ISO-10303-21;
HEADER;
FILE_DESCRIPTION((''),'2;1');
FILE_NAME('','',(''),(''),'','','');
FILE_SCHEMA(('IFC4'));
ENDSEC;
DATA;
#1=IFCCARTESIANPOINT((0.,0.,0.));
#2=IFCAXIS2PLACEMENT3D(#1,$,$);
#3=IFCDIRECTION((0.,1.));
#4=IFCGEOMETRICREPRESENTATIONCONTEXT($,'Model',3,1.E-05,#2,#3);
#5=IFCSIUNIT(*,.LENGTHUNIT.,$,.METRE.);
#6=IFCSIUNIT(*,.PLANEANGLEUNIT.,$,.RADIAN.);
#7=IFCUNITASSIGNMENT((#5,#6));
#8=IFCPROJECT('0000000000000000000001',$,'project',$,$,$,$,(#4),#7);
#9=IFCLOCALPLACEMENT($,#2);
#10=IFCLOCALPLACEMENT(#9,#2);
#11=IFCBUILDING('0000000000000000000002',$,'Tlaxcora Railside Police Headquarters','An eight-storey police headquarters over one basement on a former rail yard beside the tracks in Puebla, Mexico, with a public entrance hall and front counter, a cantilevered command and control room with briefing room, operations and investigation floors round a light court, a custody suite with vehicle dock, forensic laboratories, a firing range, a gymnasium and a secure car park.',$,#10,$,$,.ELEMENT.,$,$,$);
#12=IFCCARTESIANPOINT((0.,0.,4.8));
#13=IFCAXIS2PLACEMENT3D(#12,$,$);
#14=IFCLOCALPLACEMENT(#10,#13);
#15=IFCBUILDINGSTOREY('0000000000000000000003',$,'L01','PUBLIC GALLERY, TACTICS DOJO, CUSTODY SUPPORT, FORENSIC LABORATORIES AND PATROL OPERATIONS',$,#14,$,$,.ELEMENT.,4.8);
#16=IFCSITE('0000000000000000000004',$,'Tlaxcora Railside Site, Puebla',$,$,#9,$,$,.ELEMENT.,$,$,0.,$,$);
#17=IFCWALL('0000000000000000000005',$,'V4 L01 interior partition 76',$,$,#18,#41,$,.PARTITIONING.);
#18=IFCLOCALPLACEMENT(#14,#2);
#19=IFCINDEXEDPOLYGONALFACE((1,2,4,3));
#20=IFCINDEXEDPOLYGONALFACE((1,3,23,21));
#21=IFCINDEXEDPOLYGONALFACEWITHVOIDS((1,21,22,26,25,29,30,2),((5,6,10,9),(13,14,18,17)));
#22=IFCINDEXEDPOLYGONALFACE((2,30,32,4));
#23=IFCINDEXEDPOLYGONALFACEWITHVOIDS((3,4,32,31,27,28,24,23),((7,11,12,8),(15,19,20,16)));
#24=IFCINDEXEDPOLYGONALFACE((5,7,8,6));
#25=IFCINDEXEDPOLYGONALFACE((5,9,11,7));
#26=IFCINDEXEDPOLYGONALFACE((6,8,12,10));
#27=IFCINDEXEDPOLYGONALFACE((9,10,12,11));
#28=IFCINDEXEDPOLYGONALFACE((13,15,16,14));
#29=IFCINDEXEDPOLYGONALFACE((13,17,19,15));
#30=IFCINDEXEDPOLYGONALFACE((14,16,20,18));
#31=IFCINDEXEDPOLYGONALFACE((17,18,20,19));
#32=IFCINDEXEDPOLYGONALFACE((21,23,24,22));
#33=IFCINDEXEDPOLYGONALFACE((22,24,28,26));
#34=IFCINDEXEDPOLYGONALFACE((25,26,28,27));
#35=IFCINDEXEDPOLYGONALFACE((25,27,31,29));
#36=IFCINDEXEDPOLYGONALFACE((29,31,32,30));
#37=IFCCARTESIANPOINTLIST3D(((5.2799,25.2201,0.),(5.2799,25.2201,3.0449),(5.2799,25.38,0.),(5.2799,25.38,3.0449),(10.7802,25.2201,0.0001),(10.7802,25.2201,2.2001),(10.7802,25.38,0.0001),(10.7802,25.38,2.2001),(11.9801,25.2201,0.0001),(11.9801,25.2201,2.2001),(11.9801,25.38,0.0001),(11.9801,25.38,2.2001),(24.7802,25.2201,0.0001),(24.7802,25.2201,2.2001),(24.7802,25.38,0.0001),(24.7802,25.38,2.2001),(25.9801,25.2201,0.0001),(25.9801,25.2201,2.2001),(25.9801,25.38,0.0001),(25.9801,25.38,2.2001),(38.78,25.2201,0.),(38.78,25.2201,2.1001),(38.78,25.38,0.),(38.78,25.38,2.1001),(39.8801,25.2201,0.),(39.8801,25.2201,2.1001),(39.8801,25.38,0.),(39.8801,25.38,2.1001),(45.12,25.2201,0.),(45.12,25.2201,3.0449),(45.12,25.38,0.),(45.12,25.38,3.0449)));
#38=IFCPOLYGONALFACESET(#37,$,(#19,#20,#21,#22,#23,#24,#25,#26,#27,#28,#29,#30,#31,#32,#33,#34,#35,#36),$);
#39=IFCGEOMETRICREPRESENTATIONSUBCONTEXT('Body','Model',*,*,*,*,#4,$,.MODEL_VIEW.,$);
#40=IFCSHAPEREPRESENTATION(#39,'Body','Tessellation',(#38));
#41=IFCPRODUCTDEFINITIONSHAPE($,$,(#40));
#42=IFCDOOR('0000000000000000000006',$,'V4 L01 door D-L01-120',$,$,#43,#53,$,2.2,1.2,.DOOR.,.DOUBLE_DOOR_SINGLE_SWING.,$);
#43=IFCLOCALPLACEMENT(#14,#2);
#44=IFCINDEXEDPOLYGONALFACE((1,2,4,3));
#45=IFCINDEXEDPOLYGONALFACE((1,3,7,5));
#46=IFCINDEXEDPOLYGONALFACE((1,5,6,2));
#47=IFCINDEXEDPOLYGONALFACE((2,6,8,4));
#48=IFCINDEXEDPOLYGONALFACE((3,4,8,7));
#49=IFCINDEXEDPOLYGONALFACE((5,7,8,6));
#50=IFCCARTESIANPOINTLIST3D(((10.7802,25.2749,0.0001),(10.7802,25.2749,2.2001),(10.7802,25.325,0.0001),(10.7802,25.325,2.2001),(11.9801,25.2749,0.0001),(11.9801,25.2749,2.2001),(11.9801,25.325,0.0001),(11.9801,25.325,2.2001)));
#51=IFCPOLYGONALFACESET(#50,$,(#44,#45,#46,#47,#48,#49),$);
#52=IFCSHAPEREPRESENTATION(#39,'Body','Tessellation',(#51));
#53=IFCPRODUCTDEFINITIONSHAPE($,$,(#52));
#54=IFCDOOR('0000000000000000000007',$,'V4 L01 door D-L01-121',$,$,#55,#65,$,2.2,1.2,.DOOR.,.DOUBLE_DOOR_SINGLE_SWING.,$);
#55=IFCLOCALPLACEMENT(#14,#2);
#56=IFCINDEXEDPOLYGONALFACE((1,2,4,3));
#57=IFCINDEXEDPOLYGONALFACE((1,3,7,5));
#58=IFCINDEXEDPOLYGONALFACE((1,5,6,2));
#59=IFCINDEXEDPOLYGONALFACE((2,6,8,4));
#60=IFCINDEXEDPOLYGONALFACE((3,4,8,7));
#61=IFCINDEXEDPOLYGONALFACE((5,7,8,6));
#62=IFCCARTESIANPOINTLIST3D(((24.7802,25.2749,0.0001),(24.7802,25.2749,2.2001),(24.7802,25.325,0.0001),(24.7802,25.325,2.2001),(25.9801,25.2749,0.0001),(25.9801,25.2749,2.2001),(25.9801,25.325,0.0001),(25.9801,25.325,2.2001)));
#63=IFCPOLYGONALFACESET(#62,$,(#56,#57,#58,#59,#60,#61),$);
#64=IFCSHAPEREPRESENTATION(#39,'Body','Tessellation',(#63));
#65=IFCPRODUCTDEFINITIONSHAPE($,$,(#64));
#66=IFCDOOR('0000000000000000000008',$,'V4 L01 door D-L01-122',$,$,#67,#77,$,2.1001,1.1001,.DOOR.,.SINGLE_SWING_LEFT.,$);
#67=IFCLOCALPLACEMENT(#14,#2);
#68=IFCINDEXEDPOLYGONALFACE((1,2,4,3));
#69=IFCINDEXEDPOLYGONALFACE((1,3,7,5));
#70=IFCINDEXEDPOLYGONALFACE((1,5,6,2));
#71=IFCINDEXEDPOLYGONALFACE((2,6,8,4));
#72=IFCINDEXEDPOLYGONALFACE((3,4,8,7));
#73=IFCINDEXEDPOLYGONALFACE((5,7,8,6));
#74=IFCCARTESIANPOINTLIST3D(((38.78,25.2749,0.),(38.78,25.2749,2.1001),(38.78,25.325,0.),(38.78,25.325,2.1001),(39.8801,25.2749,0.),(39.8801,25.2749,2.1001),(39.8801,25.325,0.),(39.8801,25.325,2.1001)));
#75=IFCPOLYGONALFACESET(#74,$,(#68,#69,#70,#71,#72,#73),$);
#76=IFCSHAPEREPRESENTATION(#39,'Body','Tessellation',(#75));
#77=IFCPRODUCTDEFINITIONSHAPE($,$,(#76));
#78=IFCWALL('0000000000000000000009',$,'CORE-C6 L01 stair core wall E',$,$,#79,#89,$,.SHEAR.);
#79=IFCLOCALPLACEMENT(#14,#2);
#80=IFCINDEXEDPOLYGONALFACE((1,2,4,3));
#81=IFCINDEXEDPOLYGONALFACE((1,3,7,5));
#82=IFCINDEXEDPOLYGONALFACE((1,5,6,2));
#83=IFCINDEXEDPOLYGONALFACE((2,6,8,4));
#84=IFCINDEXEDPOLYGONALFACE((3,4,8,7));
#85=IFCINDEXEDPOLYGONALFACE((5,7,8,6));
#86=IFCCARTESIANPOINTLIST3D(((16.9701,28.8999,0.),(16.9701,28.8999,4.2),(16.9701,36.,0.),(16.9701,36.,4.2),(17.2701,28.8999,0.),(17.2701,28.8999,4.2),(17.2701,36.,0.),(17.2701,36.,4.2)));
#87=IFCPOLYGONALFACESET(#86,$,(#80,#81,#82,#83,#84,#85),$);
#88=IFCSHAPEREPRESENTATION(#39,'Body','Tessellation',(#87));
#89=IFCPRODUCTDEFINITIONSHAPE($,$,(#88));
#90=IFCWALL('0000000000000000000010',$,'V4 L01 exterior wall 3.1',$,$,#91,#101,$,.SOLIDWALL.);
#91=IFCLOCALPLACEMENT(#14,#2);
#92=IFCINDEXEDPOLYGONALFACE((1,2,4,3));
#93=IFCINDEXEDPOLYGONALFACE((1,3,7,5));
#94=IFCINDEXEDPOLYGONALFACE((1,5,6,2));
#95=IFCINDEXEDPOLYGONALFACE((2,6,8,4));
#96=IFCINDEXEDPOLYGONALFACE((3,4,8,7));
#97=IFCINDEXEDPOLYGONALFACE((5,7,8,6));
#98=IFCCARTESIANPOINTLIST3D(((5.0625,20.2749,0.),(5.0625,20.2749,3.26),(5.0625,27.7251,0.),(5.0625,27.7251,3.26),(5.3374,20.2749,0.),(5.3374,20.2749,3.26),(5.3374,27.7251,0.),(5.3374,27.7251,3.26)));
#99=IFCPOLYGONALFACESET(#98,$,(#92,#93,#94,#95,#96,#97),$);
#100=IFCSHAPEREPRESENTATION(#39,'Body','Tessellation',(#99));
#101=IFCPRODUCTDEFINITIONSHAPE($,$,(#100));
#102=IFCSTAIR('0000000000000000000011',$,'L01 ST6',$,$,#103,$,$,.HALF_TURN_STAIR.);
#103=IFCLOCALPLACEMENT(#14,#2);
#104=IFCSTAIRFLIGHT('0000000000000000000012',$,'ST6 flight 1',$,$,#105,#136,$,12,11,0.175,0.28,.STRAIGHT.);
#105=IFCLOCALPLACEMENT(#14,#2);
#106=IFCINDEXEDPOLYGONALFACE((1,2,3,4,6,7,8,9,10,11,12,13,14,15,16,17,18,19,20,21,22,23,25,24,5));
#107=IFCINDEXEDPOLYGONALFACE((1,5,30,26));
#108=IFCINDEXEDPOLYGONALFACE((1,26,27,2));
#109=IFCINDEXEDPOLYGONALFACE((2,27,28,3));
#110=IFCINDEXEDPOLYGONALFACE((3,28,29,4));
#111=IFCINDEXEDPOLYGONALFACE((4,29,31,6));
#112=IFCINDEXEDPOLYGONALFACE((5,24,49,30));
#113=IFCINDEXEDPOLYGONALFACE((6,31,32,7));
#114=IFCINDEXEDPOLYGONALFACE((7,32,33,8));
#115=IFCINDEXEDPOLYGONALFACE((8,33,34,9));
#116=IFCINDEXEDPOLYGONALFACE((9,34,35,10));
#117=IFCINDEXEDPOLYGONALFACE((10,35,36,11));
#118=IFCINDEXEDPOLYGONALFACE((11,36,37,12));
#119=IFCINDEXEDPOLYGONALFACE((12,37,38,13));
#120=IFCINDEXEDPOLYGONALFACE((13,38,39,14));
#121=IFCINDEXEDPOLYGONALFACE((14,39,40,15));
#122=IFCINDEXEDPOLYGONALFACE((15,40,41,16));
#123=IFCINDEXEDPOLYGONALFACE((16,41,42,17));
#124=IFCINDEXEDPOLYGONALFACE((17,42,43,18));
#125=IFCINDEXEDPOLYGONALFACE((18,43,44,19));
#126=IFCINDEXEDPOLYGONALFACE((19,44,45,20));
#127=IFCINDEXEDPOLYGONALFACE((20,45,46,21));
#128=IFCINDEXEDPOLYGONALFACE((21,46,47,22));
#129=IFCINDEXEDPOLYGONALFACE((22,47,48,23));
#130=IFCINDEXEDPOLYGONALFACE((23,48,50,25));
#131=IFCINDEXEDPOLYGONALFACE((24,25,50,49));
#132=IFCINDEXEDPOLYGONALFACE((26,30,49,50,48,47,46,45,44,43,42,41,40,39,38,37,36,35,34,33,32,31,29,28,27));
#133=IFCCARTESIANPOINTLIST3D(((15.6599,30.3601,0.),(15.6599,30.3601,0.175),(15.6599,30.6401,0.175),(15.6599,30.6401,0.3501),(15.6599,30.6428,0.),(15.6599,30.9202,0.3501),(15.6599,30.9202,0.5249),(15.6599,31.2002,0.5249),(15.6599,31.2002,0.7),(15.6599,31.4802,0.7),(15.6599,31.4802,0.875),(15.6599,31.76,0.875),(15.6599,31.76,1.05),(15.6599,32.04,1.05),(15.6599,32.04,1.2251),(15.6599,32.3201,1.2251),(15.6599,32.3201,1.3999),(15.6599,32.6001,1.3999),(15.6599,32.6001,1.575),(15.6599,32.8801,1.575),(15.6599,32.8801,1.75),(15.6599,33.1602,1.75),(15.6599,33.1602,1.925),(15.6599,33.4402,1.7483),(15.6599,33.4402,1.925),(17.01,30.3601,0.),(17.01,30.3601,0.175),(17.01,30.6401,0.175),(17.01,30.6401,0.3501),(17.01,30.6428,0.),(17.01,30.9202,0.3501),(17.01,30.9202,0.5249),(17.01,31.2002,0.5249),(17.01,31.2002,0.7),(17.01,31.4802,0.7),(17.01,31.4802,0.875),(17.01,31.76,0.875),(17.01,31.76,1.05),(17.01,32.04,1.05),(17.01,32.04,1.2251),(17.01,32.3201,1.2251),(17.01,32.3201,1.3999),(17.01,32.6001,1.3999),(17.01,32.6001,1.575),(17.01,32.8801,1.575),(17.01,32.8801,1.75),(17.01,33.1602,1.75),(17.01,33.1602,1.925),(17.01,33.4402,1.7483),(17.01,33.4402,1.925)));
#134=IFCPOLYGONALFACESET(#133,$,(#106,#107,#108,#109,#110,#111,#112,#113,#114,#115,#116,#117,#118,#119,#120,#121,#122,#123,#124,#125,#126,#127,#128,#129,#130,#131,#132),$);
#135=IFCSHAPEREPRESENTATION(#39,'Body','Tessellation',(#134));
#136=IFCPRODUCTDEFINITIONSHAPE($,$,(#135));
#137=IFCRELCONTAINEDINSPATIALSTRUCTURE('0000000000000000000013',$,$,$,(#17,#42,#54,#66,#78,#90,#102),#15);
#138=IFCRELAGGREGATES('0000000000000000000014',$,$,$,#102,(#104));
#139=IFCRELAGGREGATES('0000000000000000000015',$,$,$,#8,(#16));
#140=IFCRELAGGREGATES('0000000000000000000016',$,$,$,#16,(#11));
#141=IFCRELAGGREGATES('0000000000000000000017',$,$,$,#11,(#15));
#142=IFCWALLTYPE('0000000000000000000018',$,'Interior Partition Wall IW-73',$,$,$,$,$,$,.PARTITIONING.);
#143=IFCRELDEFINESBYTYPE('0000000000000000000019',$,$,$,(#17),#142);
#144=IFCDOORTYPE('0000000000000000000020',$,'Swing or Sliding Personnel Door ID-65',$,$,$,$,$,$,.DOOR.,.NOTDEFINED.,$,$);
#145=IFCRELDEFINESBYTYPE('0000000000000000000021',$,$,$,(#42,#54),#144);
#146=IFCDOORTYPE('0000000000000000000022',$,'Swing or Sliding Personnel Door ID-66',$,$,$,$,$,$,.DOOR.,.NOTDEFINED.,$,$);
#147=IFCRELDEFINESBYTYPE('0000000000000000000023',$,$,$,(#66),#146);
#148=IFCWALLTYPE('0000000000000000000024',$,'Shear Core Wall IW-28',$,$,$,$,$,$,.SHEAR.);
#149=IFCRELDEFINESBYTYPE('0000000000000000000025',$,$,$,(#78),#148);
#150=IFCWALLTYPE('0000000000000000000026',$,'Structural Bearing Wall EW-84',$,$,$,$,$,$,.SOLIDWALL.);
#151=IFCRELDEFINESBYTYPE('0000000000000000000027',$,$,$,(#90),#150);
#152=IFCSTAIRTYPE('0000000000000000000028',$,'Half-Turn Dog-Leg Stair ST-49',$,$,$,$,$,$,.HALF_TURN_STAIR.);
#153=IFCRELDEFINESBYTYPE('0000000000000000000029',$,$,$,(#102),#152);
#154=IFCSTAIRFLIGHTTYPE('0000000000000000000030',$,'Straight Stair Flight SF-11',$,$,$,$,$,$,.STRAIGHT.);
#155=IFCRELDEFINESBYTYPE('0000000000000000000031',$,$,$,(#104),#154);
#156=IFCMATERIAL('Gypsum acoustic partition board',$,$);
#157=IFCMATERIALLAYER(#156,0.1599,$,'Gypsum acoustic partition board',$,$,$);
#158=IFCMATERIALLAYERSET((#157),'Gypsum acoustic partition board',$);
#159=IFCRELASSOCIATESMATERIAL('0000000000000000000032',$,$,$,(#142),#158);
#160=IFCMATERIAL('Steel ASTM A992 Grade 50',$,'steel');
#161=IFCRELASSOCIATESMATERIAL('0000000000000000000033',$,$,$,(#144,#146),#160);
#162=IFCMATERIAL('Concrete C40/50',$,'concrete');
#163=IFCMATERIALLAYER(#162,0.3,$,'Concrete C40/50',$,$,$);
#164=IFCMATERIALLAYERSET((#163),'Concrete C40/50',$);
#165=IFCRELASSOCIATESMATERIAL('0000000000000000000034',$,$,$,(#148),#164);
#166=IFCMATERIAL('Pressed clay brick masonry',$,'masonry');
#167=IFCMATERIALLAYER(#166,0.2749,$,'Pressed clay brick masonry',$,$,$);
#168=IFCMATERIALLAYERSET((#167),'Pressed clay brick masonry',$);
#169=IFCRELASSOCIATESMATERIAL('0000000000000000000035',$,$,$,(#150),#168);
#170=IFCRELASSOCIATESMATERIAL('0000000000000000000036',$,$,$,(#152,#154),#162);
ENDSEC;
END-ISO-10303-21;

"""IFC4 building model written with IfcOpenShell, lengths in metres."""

from ifc_helpers import new_model, si_unit, direction, frame, frame_2d, origin, place, context, subcontext, project, spatial, polyline, rectangle, outline, extrude, material, layer, layer_set, type_object, element, fill, aggregate, save


model = new_model("IFC4")

# Units and contexts
model_context = context("Model", 3, precision=1e-05, world=origin(), true_north=direction((0.0, 1.0)))
body_context = subcontext(model_context, "Body", "Model", "MODEL_VIEW")
ifc_project = project(units=[si_unit("LENGTHUNIT", "METRE"), si_unit("PLANEANGLEUNIT", "RADIAN")], contexts=[model_context])

# Site, building, storey
site_placement = place(None, origin())
site = spatial("IfcSite", under=ifc_project, at=site_placement, Name="Tlaxcora Railside Site, Puebla", CompositionType="ELEMENT", RefElevation=0.0)
building_placement = place(site_placement, origin())
building = spatial("IfcBuilding", under=site, at=building_placement, Name="Tlaxcora Railside Police Headquarters", Description="An eight-storey police headquarters over one basement on a former rail yard beside the tracks in Puebla, Mexico, with a public entrance hall and front counter, a cantilevered command and control room with briefing room, operations and investigation floors round a light court, a custody suite with vehicle dock, forensic laboratories, a firing range, a gymnasium and a secure car park.", CompositionType="ELEMENT")
storey_placement = place(building_placement, frame((0.0, 0.0, 4.8)))
storey = spatial("IfcBuildingStorey", under=building, at=storey_placement, Name="L01", Description="PUBLIC GALLERY, TACTICS DOJO, CUSTODY SUPPORT, FORENSIC LABORATORIES AND PATROL OPERATIONS", CompositionType="ELEMENT", Elevation=4.8)

# Shared definitions
ifc_material_1 = material(Name="Concrete C40/50", Category="concrete")

# Shared definitions
ifc_material_2 = material(Name="Steel ASTM A992 Grade 50", Category="steel")

# Shared definitions
ifc_material_3 = material(Name="Gypsum acoustic partition board")

# Wall, openings, doors
ifc_layer_1 = layer(ifc_material_3, 0.1599, Name="Gypsum acoustic partition board")
ifc_layer_set_1 = layer_set([ifc_layer_1], Name="Gypsum acoustic partition board")
wall_type_1 = type_object("IfcWallType", Name="Interior Partition Wall IW-73", PredefinedType="PARTITIONING", material=ifc_layer_set_1)
wall_1_placement = place(storey_placement, frame((5.28, 25.3, 0.0), z_axis=(0.0, 0.0, 1.0), x_axis=(1.0, 0.0, 0.0)))
wall_1 = element("IfcWall", 1, at=wall_1_placement, inside=storey, type_object=wall_type_1, Name="V4 L01 interior partition 76", PredefinedType="PARTITIONING", context=body_context, shape_type="SweptSolid", body=[
    extrude(rectangle(XDim=39.8401, YDim=0.1599, at=frame_2d((19.9199, 0.0))), origin(), (0.0, 0.0, 1.0), 3.0449),
])
opening_1_placement = place(wall_1_placement, frame((5.5, 0.0, 0.0)))
opening_1 = element("IfcOpeningElement", 2, at=opening_1_placement, cuts=wall_1, PredefinedType="OPENING", context=body_context, shape_type="SweptSolid", body=[
    extrude(rectangle(XDim=1.2, YDim=2.2, at=frame_2d((0.6001, 1.1001))), frame((0.0, 0.0898, 0.0), z_axis=(0.0, -1.0, 0.0), x_axis=(1.0, 0.0, 0.0)), (0.0, 0.0, 1.0), 0.1799),
])
opening_2_placement = place(wall_1_placement, frame((19.5, 0.0, 0.0)))
opening_2 = element("IfcOpeningElement", 3, at=opening_2_placement, cuts=wall_1, PredefinedType="OPENING", context=body_context, shape_type="SweptSolid", body=[
    extrude(rectangle(XDim=1.2, YDim=2.2, at=frame_2d((0.6001, 1.1001))), frame((0.0, 0.0898, 0.0), z_axis=(0.0, -1.0, 0.0), x_axis=(1.0, 0.0, 0.0)), (0.0, 0.0, 1.0), 0.1799),
])
opening_3_placement = place(wall_1_placement, frame((33.5, 0.0, 0.0)))
opening_3 = element("IfcOpeningElement", 4, at=opening_3_placement, cuts=wall_1, PredefinedType="OPENING", context=body_context, shape_type="SweptSolid", body=[
    extrude(rectangle(XDim=1.1001, YDim=2.1001, at=frame_2d((0.55, 1.05))), frame((0.0, 0.0898, 0.0), z_axis=(0.0, -1.0, 0.0), x_axis=(1.0, 0.0, 0.0)), (0.0, 0.0, 1.0), 0.1799),
])
door_type_1 = type_object("IfcDoorType", Name="Swing or Sliding Personnel Door ID-65", OperationType="NOTDEFINED", PredefinedType="DOOR", material=ifc_material_2)
door_1_placement = place(opening_1_placement, origin())
door_1 = element("IfcDoor", 5, at=door_1_placement, inside=storey, type_object=door_type_1, Name="V4 L01 door D-L01-120", OperationType="DOUBLE_DOOR_SINGLE_SWING", OverallHeight=2.2, OverallWidth=1.2, PredefinedType="DOOR", context=body_context, shape_type="SweptSolid", body=[
    extrude(rectangle(XDim=1.2, YDim=2.2, at=frame_2d((0.6001, 1.1001))), frame((0.0, 0.0249, 0.0), z_axis=(0.0, -1.0, 0.0), x_axis=(1.0, 0.0, 0.0)), (0.0, 0.0, 1.0), 0.05),
])
fill(opening_1, door_1)
door_2_placement = place(opening_2_placement, origin())
door_2 = element("IfcDoor", 6, at=door_2_placement, inside=storey, type_object=door_type_1, Name="V4 L01 door D-L01-121", OperationType="DOUBLE_DOOR_SINGLE_SWING", OverallHeight=2.2, OverallWidth=1.2, PredefinedType="DOOR", context=body_context, shape_type="SweptSolid", body=[
    extrude(rectangle(XDim=1.2, YDim=2.2, at=frame_2d((0.6001, 1.1001))), frame((0.0, 0.0249, 0.0), z_axis=(0.0, -1.0, 0.0), x_axis=(1.0, 0.0, 0.0)), (0.0, 0.0, 1.0), 0.05),
])
fill(opening_2, door_2)
door_type_2 = type_object("IfcDoorType", Name="Swing or Sliding Personnel Door ID-66", OperationType="NOTDEFINED", PredefinedType="DOOR", material=ifc_material_2)
door_3_placement = place(opening_3_placement, origin())
door_3 = element("IfcDoor", 7, at=door_3_placement, inside=storey, type_object=door_type_2, Name="V4 L01 door D-L01-122", OperationType="SINGLE_SWING_LEFT", OverallHeight=2.1001, OverallWidth=1.1001, PredefinedType="DOOR", context=body_context, shape_type="SweptSolid", body=[
    extrude(rectangle(XDim=1.1001, YDim=2.1001, at=frame_2d((0.55, 1.05))), frame((0.0, 0.0249, 0.0), z_axis=(0.0, -1.0, 0.0), x_axis=(1.0, 0.0, 0.0)), (0.0, 0.0, 1.0), 0.05),
])
fill(opening_3, door_3)

# Shared definitions
ifc_layer_2 = layer(ifc_material_1, 0.3, Name="Concrete C40/50")
ifc_layer_set_2 = layer_set([ifc_layer_2], Name="Concrete C40/50")
wall_type_2 = type_object("IfcWallType", Name="Shear Core Wall IW-28", PredefinedType="SHEAR", material=ifc_layer_set_2)

# Walls
wall_2_placement = place(storey_placement, frame((17.1201, 28.8999, 0.0), z_axis=(0.0, 0.0, 1.0), x_axis=(0.0, 1.0, 0.0)))
element("IfcWall", 8, at=wall_2_placement, inside=storey, type_object=wall_type_2, Name="CORE-C6 L01 stair core wall E", PredefinedType="SHEAR", context=body_context, shape_type="SweptSolid", body=[
    extrude(rectangle(XDim=7.1001, YDim=0.3, at=frame_2d((3.55, 0.0))), origin(), (0.0, 0.0, 1.0), 4.2),
])
ifc_material_4 = material(Name="Pressed clay brick masonry", Category="masonry")
ifc_layer_3 = layer(ifc_material_4, 0.2749, Name="Pressed clay brick masonry")
ifc_layer_set_3 = layer_set([ifc_layer_3], Name="Pressed clay brick masonry")
wall_type_3 = type_object("IfcWallType", Name="Structural Bearing Wall EW-84", PredefinedType="SOLIDWALL", material=ifc_layer_set_3)
wall_3_placement = place(storey_placement, frame((5.2, 27.7251, 0.0), z_axis=(0.0, 0.0, 1.0), x_axis=(0.0, -1.0, 0.0)))
element("IfcWall", 9, at=wall_3_placement, inside=storey, type_object=wall_type_3, Name="V4 L01 exterior wall 3.1", PredefinedType="SOLIDWALL", context=body_context, shape_type="SweptSolid", body=[
    extrude(rectangle(XDim=7.4502, YDim=0.2749, at=frame_2d((3.7251, 0.0))), origin(), (0.0, 0.0, 1.0), 3.26),
])

# Stair, stair flight
stair_type = type_object("IfcStairType", Name="Half-Turn Dog-Leg Stair ST-49", PredefinedType="HALF_TURN_STAIR", material=ifc_material_1)
stair_placement = place(storey_placement, origin())
stair = element("IfcStair", 10, at=stair_placement, inside=storey, type_object=stair_type, Name="L01 ST6", PredefinedType="HALF_TURN_STAIR")
stair_flight_type = type_object("IfcStairFlightType", Name="Straight Stair Flight SF-11", PredefinedType="STRAIGHT", material=ifc_material_1)
stair_flight_placement = place(storey_placement, frame((16.335, 30.3601, 0.0), z_axis=(0.0, 0.0, 1.0), x_axis=(0.0, 1.0, 0.0)))
stair_flight = element("IfcStairFlight", 11, at=stair_flight_placement, type_object=stair_flight_type, Name="ST6 flight 1", NumberOfRisers=12, NumberOfTreads=11, PredefinedType="STRAIGHT", RiserHeight=0.175, TreadLength=0.28, context=body_context, shape_type="SweptSolid", body=[
    extrude(outline(polyline([(0.0, 0.0), (0.0, 0.175), (0.28, 0.175), (0.28, 0.3501), (0.5601, 0.3501), (0.5601, 0.5249), (0.8401, 0.5249), (0.8401, 0.7), (1.1201, 0.7), (1.1201, 0.875), (1.3999, 0.875), (1.3999, 1.05), (1.6799, 1.05), (1.6799, 1.2251), (1.96, 1.2251), (1.96, 1.3999), (2.24, 1.3999), (2.24, 1.575), (2.52, 1.575), (2.52, 1.75), (2.8, 1.75), (2.8, 1.925), (3.0801, 1.925), (3.0801, 2.1001), (3.0801, 1.7483), (0.2827, 0.0), (0.0, 0.0)])), frame((0.0, 0.675, 0.0), z_axis=(0.0, -1.0, 0.0), x_axis=(1.0, 0.0, 0.0)), (0.0, 0.0, 1.0), 1.3501),
])
aggregate(stair, [stair_flight])

save(model, "model.ifc")
